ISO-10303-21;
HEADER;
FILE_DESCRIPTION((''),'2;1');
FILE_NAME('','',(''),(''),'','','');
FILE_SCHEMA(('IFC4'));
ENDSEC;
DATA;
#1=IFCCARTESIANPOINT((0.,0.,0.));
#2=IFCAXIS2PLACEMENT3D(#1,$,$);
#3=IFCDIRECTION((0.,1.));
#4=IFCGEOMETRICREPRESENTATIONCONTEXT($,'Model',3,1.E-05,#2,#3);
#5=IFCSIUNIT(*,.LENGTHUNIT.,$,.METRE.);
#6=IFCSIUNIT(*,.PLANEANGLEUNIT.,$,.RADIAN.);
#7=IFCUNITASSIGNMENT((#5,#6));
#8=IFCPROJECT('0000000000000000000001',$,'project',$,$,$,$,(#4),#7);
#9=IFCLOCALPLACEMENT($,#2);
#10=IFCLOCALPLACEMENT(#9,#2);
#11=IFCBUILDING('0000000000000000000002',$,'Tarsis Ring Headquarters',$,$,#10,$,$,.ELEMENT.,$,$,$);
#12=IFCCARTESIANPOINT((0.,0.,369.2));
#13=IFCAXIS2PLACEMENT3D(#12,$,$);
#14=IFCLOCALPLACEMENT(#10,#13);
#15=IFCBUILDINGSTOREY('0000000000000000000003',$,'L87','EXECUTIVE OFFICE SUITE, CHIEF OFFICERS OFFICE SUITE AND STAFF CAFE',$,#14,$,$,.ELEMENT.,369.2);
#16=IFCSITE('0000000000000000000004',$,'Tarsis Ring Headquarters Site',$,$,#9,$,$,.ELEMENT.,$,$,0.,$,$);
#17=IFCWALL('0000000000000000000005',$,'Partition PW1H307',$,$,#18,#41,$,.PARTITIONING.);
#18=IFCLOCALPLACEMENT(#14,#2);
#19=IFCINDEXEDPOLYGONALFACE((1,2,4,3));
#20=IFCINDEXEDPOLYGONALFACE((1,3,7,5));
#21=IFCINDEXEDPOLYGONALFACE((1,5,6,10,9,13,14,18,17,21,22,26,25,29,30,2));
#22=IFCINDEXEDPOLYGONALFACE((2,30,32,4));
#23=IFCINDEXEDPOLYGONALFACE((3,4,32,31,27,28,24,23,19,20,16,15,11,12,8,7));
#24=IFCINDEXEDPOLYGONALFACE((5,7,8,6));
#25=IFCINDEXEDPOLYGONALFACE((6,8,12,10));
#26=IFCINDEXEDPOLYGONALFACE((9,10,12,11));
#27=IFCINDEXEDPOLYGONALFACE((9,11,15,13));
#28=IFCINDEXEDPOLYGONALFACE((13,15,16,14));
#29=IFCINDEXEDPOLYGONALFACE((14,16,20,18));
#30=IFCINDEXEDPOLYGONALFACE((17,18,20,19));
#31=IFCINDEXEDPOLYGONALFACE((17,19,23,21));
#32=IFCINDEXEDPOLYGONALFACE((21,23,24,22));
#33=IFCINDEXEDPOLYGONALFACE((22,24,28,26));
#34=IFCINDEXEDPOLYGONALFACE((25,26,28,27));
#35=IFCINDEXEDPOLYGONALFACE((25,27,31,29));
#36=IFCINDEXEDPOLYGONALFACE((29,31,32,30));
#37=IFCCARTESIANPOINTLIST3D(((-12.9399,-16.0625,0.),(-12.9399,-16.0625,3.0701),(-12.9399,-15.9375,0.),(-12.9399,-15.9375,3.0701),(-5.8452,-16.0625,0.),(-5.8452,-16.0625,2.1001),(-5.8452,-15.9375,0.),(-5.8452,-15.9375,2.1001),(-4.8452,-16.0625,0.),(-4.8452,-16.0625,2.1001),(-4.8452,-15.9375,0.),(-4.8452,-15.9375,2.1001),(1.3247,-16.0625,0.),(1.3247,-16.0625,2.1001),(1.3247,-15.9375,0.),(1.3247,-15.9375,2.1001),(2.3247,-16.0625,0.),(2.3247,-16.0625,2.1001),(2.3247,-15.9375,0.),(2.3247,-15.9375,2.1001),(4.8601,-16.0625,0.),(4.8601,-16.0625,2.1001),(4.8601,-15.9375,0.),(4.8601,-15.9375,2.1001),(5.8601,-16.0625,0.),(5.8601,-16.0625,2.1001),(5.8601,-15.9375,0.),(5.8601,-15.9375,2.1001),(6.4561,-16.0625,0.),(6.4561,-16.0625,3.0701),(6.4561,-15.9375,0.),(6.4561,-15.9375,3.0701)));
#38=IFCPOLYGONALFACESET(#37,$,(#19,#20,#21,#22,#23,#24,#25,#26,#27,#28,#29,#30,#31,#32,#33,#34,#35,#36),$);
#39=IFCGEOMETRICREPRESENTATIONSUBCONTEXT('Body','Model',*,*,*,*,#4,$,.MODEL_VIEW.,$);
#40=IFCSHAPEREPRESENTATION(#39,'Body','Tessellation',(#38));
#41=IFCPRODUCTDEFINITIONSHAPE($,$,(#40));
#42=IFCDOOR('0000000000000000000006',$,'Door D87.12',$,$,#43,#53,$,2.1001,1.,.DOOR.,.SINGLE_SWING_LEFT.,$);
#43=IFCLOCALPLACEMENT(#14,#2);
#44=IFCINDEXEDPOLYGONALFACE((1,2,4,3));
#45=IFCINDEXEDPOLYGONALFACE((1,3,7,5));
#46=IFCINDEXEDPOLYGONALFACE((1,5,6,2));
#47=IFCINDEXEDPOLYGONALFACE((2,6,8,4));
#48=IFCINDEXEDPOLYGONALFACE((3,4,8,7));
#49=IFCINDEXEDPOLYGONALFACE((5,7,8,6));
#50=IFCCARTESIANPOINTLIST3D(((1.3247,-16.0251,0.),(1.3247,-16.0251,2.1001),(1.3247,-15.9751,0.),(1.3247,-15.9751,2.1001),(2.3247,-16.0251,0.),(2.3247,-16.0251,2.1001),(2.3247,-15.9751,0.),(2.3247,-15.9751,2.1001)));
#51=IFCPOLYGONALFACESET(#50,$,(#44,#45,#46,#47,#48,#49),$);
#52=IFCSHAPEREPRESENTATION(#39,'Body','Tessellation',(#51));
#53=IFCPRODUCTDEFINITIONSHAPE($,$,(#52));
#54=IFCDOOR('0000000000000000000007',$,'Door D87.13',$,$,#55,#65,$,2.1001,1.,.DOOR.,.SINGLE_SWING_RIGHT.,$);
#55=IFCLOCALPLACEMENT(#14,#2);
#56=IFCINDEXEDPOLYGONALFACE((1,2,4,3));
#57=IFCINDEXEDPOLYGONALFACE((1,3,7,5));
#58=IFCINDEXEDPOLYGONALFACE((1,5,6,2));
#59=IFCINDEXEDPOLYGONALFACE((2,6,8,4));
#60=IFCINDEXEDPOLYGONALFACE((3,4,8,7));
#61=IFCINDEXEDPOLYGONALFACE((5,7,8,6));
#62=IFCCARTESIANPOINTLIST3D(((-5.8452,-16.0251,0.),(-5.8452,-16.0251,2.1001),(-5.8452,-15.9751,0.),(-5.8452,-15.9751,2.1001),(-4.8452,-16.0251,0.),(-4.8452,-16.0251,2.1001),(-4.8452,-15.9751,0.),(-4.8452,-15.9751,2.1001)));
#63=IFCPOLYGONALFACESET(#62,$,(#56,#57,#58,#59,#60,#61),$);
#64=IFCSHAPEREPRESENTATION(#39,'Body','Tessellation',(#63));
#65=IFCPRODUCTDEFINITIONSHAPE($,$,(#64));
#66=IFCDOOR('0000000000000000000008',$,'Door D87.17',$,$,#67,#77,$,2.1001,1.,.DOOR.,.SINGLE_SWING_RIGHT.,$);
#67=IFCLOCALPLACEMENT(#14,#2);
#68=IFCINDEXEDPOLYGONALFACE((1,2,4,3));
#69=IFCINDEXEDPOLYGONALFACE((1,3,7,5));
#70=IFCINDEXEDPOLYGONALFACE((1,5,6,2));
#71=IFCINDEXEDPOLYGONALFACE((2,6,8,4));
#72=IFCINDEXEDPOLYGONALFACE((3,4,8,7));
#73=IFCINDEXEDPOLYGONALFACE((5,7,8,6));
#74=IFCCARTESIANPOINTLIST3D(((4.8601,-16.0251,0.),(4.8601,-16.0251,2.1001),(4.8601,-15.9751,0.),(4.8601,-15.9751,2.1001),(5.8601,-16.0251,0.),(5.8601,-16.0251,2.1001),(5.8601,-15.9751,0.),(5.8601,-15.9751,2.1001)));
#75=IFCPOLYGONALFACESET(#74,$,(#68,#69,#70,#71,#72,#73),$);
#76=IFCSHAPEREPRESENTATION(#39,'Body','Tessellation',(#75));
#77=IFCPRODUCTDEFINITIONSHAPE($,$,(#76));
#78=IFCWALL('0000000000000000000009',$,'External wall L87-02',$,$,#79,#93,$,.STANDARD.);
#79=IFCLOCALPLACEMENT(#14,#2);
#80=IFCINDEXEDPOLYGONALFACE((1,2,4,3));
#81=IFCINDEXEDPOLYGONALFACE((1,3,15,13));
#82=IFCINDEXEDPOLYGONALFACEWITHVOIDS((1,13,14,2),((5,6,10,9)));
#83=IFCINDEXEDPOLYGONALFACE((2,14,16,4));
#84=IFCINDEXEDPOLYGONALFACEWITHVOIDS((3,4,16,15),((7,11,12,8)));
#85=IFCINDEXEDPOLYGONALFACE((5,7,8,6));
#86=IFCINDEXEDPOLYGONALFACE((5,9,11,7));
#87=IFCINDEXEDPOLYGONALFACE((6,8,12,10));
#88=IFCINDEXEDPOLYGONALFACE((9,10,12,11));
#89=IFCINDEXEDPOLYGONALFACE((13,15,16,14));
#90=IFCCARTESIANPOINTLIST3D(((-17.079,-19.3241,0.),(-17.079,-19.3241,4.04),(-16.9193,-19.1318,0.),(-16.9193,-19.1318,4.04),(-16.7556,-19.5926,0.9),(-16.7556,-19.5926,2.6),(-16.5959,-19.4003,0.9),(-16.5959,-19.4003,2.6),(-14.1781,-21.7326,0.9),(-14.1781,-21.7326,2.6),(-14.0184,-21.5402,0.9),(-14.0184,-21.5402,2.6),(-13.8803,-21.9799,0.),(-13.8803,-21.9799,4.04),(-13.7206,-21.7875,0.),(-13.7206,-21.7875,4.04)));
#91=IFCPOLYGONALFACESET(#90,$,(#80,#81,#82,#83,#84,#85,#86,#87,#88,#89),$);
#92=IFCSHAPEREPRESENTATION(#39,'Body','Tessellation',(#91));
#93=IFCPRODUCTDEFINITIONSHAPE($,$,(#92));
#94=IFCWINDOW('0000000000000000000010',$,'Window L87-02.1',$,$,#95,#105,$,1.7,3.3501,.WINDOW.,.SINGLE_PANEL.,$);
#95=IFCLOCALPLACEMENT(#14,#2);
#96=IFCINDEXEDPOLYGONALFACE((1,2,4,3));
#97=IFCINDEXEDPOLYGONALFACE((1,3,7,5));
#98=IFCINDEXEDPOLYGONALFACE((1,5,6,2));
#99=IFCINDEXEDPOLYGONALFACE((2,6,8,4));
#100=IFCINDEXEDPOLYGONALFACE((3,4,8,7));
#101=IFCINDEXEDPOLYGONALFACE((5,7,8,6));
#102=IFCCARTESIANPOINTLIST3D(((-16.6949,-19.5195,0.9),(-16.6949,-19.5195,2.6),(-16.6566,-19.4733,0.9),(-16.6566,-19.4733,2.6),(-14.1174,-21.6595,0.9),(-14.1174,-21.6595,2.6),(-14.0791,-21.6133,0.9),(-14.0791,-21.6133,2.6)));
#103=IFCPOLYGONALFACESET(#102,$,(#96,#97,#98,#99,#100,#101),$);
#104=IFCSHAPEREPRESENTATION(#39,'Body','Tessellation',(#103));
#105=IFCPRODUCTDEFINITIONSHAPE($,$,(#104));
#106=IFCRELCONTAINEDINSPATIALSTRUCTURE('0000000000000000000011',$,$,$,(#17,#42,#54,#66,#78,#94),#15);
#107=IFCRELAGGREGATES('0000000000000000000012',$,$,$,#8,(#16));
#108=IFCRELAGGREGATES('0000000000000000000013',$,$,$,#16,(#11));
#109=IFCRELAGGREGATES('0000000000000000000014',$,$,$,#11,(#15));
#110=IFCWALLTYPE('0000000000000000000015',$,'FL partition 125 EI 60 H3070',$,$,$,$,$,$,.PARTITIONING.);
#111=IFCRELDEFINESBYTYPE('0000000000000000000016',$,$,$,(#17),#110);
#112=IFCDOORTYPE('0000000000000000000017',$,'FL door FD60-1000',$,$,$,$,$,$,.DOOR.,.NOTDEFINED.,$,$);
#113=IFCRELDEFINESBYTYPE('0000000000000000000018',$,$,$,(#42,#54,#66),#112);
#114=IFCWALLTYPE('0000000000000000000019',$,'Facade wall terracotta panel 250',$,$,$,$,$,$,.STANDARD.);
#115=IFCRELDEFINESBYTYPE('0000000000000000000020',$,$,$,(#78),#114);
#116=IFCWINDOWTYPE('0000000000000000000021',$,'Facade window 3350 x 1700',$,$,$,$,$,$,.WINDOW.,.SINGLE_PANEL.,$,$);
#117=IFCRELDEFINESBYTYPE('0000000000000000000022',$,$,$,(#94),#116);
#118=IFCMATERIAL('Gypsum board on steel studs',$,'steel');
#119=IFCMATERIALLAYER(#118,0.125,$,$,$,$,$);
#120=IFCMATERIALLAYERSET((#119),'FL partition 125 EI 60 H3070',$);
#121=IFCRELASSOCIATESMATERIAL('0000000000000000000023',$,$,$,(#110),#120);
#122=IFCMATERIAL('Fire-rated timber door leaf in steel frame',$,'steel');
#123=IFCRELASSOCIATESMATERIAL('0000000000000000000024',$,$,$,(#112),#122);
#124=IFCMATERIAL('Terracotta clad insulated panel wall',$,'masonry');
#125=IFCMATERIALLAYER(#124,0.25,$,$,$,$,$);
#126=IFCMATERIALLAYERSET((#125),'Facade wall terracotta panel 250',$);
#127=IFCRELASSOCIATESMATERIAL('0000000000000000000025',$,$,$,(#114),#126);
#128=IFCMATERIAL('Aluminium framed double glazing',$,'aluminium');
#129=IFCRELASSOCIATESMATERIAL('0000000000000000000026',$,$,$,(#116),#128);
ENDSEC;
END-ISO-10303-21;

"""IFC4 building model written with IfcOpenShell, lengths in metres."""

from ifc_helpers import new_model, si_unit, direction, frame, frame_2d, origin, place, context, subcontext, project, spatial, rectangle, extrude, material, layer, layer_set, type_object, element, fill, save


model = new_model("IFC4")

# Units and contexts
model_context = context("Model", 3, precision=1e-05, world=origin(), true_north=direction((0.0, 1.0)))
body_context = subcontext(model_context, "Body", "Model", "MODEL_VIEW")
ifc_project = project(units=[si_unit("LENGTHUNIT", "METRE"), si_unit("PLANEANGLEUNIT", "RADIAN")], contexts=[model_context])

# Site, building, storey
site_placement = place(None, origin())
site = spatial("IfcSite", under=ifc_project, at=site_placement, Name="Tarsis Ring Headquarters Site", CompositionType="ELEMENT", RefElevation=0.0)
building_placement = place(site_placement, origin())
building = spatial("IfcBuilding", under=site, at=building_placement, Name="Tarsis Ring Headquarters", CompositionType="ELEMENT")
storey_placement = place(building_placement, frame((0.0, 0.0, 369.2)))
storey = spatial("IfcBuildingStorey", under=building, at=storey_placement, Name="L87", Description="EXECUTIVE OFFICE SUITE, CHIEF OFFICERS OFFICE SUITE AND STAFF CAFE", CompositionType="ELEMENT", Elevation=369.2)

# Wall, openings, doors
ifc_material_1 = material(Name="Gypsum board on steel studs", Category="steel")
ifc_layer_1 = layer(ifc_material_1, 0.125)
ifc_layer_set_1 = layer_set([ifc_layer_1], Name="FL partition 125 EI 60 H3070")
wall_type_1 = type_object("IfcWallType", Name="FL partition 125 EI 60 H3070", PredefinedType="PARTITIONING", material=ifc_layer_set_1)
ifc_material_2 = material(Name="Fire-rated timber door leaf in steel frame", Category="steel")
door_type_1 = type_object("IfcDoorType", Name="FL door FD60-1000", OperationType="NOTDEFINED", PredefinedType="DOOR", material=ifc_material_2)
wall_1_placement = place(storey_placement, frame((-12.9399, -16.0, 0.0), z_axis=(0.0, 0.0, 1.0), x_axis=(1.0, 0.0, 0.0)))
wall_1 = element("IfcWall", 1, at=wall_1_placement, inside=storey, type_object=wall_type_1, Name="Partition PW1H307", PredefinedType="PARTITIONING", context=body_context, shape_type="SweptSolid", body=[
    extrude(rectangle(XDim=19.396, YDim=0.125, at=frame_2d((9.698, 0.0))), origin(), (0.0, 0.0, 1.0), 3.0701),
])
opening_1_placement = place(wall_1_placement, frame((14.2646, 0.0, 0.0)))
opening_1 = element("IfcOpeningElement", 2, at=opening_1_placement, cuts=wall_1, PredefinedType="OPENING", context=body_context, shape_type="SweptSolid", body=[
    extrude(rectangle(XDim=1.0, YDim=2.1001, at=frame_2d((0.5, 1.05))), frame((0.0, 0.0725, 0.0), z_axis=(0.0, -1.0, 0.0), x_axis=(1.0, 0.0, 0.0)), (0.0, 0.0, 1.0), 0.145),
])
opening_2_placement = place(wall_1_placement, frame((7.0947, 0.0, 0.0)))
opening_2 = element("IfcOpeningElement", 3, at=opening_2_placement, cuts=wall_1, PredefinedType="OPENING", context=body_context, shape_type="SweptSolid", body=[
    extrude(rectangle(XDim=1.0, YDim=2.1001, at=frame_2d((0.5, 1.05))), frame((0.0, 0.0725, 0.0), z_axis=(0.0, -1.0, 0.0), x_axis=(1.0, 0.0, 0.0)), (0.0, 0.0, 1.0), 0.145),
])
opening_3_placement = place(wall_1_placement, frame((17.8, 0.0, 0.0)))
opening_3 = element("IfcOpeningElement", 4, at=opening_3_placement, cuts=wall_1, PredefinedType="OPENING", context=body_context, shape_type="SweptSolid", body=[
    extrude(rectangle(XDim=1.0, YDim=2.1001, at=frame_2d((0.5, 1.05))), frame((0.0, 0.0725, 0.0), z_axis=(0.0, -1.0, 0.0), x_axis=(1.0, 0.0, 0.0)), (0.0, 0.0, 1.0), 0.145),
])
door_1_placement = place(opening_1_placement, origin())
door_1 = element("IfcDoor", 5, at=door_1_placement, inside=storey, type_object=door_type_1, Name="Door D87.12", OperationType="SINGLE_SWING_LEFT", OverallHeight=2.1001, OverallWidth=1.0, PredefinedType="DOOR", context=body_context, shape_type="SweptSolid", body=[
    extrude(rectangle(XDim=1.0, YDim=2.1001, at=frame_2d((0.5, 1.05))), frame((0.0, 0.0249, 0.0), z_axis=(0.0, -1.0, 0.0), x_axis=(1.0, 0.0, 0.0)), (0.0, 0.0, 1.0), 0.05),
])
fill(opening_1, door_1)
door_2_placement = place(opening_2_placement, origin())
door_2 = element("IfcDoor", 6, at=door_2_placement, inside=storey, type_object=door_type_1, Name="Door D87.13", OperationType="SINGLE_SWING_RIGHT", OverallHeight=2.1001, OverallWidth=1.0, PredefinedType="DOOR", context=body_context, shape_type="SweptSolid", body=[
    extrude(rectangle(XDim=1.0, YDim=2.1001, at=frame_2d((0.5, 1.05))), frame((0.0, 0.0249, 0.0), z_axis=(0.0, -1.0, 0.0), x_axis=(1.0, 0.0, 0.0)), (0.0, 0.0, 1.0), 0.05),
])
fill(opening_2, door_2)
door_3_placement = place(opening_3_placement, origin())
door_3 = element("IfcDoor", 7, at=door_3_placement, inside=storey, type_object=door_type_1, Name="Door D87.17", OperationType="SINGLE_SWING_RIGHT", OverallHeight=2.1001, OverallWidth=1.0, PredefinedType="DOOR", context=body_context, shape_type="SweptSolid", body=[
    extrude(rectangle(XDim=1.0, YDim=2.1001, at=frame_2d((0.5, 1.05))), frame((0.0, 0.0249, 0.0), z_axis=(0.0, -1.0, 0.0), x_axis=(1.0, 0.0, 0.0)), (0.0, 0.0, 1.0), 0.05),
])
fill(opening_3, door_3)

# Wall, opening, window
ifc_material_3 = material(Name="Terracotta clad insulated panel wall", Category="masonry")
ifc_layer_2 = layer(ifc_material_3, 0.25)
ifc_layer_set_2 = layer_set([ifc_layer_2], Name="Facade wall terracotta panel 250")
wall_type_2 = type_object("IfcWallType", Name="Facade wall terracotta panel 250", PredefinedType="STANDARD", material=ifc_layer_set_2)
wall_2_placement = place(storey_placement, frame((-16.999, -19.228, 0.0), z_axis=(0.0, 0.0, 1.0), x_axis=(0.769385, -0.638786, 0.0)))
wall_2 = element("IfcWall", 8, at=wall_2_placement, inside=storey, type_object=wall_type_2, Name="External wall L87-02", PredefinedType="STANDARD", context=body_context, shape_type="SweptSolid", body=[
    extrude(rectangle(XDim=4.1575, YDim=0.25, at=frame_2d((2.0786, 0.0))), origin(), (0.0, 0.0, 1.0), 4.04),
])
opening_4_placement = place(wall_2_placement, frame((0.4202, 0.0, 0.8999)))
opening_4 = element("IfcOpeningElement", 9, at=opening_4_placement, cuts=wall_2, PredefinedType="OPENING", context=body_context, shape_type="SweptSolid", body=[
    extrude(rectangle(XDim=3.3501, YDim=1.7, at=frame_2d((1.675, 0.8501))), frame((0.0, 0.135, 0.0), z_axis=(0.0, -1.0, 0.0), x_axis=(1.0, 0.0, 0.0)), (0.0, 0.0, 1.0), 0.27),
])
ifc_material_4 = material(Name="Aluminium framed double glazing", Category="aluminium")
window_type = type_object("IfcWindowType", Name="Facade window 3350 x 1700", PartitioningType="SINGLE_PANEL", PredefinedType="WINDOW", material=ifc_material_4)
window_placement = place(opening_4_placement, origin())
window = element("IfcWindow", 10, at=window_placement, inside=storey, type_object=window_type, Name="Window L87-02.1", OverallHeight=1.7, OverallWidth=3.3501, PartitioningType="SINGLE_PANEL", PredefinedType="WINDOW", context=body_context, shape_type="SweptSolid", body=[
    extrude(rectangle(XDim=3.3501, YDim=1.7, at=frame_2d((1.675, 0.8501))), frame((0.0, 0.03, 0.0), z_axis=(0.0, -1.0, 0.0), x_axis=(1.0, 0.0, 0.0)), (0.0, 0.0, 1.0), 0.0601),
])
fill(opening_4, window)

save(model, "model.ifc")
